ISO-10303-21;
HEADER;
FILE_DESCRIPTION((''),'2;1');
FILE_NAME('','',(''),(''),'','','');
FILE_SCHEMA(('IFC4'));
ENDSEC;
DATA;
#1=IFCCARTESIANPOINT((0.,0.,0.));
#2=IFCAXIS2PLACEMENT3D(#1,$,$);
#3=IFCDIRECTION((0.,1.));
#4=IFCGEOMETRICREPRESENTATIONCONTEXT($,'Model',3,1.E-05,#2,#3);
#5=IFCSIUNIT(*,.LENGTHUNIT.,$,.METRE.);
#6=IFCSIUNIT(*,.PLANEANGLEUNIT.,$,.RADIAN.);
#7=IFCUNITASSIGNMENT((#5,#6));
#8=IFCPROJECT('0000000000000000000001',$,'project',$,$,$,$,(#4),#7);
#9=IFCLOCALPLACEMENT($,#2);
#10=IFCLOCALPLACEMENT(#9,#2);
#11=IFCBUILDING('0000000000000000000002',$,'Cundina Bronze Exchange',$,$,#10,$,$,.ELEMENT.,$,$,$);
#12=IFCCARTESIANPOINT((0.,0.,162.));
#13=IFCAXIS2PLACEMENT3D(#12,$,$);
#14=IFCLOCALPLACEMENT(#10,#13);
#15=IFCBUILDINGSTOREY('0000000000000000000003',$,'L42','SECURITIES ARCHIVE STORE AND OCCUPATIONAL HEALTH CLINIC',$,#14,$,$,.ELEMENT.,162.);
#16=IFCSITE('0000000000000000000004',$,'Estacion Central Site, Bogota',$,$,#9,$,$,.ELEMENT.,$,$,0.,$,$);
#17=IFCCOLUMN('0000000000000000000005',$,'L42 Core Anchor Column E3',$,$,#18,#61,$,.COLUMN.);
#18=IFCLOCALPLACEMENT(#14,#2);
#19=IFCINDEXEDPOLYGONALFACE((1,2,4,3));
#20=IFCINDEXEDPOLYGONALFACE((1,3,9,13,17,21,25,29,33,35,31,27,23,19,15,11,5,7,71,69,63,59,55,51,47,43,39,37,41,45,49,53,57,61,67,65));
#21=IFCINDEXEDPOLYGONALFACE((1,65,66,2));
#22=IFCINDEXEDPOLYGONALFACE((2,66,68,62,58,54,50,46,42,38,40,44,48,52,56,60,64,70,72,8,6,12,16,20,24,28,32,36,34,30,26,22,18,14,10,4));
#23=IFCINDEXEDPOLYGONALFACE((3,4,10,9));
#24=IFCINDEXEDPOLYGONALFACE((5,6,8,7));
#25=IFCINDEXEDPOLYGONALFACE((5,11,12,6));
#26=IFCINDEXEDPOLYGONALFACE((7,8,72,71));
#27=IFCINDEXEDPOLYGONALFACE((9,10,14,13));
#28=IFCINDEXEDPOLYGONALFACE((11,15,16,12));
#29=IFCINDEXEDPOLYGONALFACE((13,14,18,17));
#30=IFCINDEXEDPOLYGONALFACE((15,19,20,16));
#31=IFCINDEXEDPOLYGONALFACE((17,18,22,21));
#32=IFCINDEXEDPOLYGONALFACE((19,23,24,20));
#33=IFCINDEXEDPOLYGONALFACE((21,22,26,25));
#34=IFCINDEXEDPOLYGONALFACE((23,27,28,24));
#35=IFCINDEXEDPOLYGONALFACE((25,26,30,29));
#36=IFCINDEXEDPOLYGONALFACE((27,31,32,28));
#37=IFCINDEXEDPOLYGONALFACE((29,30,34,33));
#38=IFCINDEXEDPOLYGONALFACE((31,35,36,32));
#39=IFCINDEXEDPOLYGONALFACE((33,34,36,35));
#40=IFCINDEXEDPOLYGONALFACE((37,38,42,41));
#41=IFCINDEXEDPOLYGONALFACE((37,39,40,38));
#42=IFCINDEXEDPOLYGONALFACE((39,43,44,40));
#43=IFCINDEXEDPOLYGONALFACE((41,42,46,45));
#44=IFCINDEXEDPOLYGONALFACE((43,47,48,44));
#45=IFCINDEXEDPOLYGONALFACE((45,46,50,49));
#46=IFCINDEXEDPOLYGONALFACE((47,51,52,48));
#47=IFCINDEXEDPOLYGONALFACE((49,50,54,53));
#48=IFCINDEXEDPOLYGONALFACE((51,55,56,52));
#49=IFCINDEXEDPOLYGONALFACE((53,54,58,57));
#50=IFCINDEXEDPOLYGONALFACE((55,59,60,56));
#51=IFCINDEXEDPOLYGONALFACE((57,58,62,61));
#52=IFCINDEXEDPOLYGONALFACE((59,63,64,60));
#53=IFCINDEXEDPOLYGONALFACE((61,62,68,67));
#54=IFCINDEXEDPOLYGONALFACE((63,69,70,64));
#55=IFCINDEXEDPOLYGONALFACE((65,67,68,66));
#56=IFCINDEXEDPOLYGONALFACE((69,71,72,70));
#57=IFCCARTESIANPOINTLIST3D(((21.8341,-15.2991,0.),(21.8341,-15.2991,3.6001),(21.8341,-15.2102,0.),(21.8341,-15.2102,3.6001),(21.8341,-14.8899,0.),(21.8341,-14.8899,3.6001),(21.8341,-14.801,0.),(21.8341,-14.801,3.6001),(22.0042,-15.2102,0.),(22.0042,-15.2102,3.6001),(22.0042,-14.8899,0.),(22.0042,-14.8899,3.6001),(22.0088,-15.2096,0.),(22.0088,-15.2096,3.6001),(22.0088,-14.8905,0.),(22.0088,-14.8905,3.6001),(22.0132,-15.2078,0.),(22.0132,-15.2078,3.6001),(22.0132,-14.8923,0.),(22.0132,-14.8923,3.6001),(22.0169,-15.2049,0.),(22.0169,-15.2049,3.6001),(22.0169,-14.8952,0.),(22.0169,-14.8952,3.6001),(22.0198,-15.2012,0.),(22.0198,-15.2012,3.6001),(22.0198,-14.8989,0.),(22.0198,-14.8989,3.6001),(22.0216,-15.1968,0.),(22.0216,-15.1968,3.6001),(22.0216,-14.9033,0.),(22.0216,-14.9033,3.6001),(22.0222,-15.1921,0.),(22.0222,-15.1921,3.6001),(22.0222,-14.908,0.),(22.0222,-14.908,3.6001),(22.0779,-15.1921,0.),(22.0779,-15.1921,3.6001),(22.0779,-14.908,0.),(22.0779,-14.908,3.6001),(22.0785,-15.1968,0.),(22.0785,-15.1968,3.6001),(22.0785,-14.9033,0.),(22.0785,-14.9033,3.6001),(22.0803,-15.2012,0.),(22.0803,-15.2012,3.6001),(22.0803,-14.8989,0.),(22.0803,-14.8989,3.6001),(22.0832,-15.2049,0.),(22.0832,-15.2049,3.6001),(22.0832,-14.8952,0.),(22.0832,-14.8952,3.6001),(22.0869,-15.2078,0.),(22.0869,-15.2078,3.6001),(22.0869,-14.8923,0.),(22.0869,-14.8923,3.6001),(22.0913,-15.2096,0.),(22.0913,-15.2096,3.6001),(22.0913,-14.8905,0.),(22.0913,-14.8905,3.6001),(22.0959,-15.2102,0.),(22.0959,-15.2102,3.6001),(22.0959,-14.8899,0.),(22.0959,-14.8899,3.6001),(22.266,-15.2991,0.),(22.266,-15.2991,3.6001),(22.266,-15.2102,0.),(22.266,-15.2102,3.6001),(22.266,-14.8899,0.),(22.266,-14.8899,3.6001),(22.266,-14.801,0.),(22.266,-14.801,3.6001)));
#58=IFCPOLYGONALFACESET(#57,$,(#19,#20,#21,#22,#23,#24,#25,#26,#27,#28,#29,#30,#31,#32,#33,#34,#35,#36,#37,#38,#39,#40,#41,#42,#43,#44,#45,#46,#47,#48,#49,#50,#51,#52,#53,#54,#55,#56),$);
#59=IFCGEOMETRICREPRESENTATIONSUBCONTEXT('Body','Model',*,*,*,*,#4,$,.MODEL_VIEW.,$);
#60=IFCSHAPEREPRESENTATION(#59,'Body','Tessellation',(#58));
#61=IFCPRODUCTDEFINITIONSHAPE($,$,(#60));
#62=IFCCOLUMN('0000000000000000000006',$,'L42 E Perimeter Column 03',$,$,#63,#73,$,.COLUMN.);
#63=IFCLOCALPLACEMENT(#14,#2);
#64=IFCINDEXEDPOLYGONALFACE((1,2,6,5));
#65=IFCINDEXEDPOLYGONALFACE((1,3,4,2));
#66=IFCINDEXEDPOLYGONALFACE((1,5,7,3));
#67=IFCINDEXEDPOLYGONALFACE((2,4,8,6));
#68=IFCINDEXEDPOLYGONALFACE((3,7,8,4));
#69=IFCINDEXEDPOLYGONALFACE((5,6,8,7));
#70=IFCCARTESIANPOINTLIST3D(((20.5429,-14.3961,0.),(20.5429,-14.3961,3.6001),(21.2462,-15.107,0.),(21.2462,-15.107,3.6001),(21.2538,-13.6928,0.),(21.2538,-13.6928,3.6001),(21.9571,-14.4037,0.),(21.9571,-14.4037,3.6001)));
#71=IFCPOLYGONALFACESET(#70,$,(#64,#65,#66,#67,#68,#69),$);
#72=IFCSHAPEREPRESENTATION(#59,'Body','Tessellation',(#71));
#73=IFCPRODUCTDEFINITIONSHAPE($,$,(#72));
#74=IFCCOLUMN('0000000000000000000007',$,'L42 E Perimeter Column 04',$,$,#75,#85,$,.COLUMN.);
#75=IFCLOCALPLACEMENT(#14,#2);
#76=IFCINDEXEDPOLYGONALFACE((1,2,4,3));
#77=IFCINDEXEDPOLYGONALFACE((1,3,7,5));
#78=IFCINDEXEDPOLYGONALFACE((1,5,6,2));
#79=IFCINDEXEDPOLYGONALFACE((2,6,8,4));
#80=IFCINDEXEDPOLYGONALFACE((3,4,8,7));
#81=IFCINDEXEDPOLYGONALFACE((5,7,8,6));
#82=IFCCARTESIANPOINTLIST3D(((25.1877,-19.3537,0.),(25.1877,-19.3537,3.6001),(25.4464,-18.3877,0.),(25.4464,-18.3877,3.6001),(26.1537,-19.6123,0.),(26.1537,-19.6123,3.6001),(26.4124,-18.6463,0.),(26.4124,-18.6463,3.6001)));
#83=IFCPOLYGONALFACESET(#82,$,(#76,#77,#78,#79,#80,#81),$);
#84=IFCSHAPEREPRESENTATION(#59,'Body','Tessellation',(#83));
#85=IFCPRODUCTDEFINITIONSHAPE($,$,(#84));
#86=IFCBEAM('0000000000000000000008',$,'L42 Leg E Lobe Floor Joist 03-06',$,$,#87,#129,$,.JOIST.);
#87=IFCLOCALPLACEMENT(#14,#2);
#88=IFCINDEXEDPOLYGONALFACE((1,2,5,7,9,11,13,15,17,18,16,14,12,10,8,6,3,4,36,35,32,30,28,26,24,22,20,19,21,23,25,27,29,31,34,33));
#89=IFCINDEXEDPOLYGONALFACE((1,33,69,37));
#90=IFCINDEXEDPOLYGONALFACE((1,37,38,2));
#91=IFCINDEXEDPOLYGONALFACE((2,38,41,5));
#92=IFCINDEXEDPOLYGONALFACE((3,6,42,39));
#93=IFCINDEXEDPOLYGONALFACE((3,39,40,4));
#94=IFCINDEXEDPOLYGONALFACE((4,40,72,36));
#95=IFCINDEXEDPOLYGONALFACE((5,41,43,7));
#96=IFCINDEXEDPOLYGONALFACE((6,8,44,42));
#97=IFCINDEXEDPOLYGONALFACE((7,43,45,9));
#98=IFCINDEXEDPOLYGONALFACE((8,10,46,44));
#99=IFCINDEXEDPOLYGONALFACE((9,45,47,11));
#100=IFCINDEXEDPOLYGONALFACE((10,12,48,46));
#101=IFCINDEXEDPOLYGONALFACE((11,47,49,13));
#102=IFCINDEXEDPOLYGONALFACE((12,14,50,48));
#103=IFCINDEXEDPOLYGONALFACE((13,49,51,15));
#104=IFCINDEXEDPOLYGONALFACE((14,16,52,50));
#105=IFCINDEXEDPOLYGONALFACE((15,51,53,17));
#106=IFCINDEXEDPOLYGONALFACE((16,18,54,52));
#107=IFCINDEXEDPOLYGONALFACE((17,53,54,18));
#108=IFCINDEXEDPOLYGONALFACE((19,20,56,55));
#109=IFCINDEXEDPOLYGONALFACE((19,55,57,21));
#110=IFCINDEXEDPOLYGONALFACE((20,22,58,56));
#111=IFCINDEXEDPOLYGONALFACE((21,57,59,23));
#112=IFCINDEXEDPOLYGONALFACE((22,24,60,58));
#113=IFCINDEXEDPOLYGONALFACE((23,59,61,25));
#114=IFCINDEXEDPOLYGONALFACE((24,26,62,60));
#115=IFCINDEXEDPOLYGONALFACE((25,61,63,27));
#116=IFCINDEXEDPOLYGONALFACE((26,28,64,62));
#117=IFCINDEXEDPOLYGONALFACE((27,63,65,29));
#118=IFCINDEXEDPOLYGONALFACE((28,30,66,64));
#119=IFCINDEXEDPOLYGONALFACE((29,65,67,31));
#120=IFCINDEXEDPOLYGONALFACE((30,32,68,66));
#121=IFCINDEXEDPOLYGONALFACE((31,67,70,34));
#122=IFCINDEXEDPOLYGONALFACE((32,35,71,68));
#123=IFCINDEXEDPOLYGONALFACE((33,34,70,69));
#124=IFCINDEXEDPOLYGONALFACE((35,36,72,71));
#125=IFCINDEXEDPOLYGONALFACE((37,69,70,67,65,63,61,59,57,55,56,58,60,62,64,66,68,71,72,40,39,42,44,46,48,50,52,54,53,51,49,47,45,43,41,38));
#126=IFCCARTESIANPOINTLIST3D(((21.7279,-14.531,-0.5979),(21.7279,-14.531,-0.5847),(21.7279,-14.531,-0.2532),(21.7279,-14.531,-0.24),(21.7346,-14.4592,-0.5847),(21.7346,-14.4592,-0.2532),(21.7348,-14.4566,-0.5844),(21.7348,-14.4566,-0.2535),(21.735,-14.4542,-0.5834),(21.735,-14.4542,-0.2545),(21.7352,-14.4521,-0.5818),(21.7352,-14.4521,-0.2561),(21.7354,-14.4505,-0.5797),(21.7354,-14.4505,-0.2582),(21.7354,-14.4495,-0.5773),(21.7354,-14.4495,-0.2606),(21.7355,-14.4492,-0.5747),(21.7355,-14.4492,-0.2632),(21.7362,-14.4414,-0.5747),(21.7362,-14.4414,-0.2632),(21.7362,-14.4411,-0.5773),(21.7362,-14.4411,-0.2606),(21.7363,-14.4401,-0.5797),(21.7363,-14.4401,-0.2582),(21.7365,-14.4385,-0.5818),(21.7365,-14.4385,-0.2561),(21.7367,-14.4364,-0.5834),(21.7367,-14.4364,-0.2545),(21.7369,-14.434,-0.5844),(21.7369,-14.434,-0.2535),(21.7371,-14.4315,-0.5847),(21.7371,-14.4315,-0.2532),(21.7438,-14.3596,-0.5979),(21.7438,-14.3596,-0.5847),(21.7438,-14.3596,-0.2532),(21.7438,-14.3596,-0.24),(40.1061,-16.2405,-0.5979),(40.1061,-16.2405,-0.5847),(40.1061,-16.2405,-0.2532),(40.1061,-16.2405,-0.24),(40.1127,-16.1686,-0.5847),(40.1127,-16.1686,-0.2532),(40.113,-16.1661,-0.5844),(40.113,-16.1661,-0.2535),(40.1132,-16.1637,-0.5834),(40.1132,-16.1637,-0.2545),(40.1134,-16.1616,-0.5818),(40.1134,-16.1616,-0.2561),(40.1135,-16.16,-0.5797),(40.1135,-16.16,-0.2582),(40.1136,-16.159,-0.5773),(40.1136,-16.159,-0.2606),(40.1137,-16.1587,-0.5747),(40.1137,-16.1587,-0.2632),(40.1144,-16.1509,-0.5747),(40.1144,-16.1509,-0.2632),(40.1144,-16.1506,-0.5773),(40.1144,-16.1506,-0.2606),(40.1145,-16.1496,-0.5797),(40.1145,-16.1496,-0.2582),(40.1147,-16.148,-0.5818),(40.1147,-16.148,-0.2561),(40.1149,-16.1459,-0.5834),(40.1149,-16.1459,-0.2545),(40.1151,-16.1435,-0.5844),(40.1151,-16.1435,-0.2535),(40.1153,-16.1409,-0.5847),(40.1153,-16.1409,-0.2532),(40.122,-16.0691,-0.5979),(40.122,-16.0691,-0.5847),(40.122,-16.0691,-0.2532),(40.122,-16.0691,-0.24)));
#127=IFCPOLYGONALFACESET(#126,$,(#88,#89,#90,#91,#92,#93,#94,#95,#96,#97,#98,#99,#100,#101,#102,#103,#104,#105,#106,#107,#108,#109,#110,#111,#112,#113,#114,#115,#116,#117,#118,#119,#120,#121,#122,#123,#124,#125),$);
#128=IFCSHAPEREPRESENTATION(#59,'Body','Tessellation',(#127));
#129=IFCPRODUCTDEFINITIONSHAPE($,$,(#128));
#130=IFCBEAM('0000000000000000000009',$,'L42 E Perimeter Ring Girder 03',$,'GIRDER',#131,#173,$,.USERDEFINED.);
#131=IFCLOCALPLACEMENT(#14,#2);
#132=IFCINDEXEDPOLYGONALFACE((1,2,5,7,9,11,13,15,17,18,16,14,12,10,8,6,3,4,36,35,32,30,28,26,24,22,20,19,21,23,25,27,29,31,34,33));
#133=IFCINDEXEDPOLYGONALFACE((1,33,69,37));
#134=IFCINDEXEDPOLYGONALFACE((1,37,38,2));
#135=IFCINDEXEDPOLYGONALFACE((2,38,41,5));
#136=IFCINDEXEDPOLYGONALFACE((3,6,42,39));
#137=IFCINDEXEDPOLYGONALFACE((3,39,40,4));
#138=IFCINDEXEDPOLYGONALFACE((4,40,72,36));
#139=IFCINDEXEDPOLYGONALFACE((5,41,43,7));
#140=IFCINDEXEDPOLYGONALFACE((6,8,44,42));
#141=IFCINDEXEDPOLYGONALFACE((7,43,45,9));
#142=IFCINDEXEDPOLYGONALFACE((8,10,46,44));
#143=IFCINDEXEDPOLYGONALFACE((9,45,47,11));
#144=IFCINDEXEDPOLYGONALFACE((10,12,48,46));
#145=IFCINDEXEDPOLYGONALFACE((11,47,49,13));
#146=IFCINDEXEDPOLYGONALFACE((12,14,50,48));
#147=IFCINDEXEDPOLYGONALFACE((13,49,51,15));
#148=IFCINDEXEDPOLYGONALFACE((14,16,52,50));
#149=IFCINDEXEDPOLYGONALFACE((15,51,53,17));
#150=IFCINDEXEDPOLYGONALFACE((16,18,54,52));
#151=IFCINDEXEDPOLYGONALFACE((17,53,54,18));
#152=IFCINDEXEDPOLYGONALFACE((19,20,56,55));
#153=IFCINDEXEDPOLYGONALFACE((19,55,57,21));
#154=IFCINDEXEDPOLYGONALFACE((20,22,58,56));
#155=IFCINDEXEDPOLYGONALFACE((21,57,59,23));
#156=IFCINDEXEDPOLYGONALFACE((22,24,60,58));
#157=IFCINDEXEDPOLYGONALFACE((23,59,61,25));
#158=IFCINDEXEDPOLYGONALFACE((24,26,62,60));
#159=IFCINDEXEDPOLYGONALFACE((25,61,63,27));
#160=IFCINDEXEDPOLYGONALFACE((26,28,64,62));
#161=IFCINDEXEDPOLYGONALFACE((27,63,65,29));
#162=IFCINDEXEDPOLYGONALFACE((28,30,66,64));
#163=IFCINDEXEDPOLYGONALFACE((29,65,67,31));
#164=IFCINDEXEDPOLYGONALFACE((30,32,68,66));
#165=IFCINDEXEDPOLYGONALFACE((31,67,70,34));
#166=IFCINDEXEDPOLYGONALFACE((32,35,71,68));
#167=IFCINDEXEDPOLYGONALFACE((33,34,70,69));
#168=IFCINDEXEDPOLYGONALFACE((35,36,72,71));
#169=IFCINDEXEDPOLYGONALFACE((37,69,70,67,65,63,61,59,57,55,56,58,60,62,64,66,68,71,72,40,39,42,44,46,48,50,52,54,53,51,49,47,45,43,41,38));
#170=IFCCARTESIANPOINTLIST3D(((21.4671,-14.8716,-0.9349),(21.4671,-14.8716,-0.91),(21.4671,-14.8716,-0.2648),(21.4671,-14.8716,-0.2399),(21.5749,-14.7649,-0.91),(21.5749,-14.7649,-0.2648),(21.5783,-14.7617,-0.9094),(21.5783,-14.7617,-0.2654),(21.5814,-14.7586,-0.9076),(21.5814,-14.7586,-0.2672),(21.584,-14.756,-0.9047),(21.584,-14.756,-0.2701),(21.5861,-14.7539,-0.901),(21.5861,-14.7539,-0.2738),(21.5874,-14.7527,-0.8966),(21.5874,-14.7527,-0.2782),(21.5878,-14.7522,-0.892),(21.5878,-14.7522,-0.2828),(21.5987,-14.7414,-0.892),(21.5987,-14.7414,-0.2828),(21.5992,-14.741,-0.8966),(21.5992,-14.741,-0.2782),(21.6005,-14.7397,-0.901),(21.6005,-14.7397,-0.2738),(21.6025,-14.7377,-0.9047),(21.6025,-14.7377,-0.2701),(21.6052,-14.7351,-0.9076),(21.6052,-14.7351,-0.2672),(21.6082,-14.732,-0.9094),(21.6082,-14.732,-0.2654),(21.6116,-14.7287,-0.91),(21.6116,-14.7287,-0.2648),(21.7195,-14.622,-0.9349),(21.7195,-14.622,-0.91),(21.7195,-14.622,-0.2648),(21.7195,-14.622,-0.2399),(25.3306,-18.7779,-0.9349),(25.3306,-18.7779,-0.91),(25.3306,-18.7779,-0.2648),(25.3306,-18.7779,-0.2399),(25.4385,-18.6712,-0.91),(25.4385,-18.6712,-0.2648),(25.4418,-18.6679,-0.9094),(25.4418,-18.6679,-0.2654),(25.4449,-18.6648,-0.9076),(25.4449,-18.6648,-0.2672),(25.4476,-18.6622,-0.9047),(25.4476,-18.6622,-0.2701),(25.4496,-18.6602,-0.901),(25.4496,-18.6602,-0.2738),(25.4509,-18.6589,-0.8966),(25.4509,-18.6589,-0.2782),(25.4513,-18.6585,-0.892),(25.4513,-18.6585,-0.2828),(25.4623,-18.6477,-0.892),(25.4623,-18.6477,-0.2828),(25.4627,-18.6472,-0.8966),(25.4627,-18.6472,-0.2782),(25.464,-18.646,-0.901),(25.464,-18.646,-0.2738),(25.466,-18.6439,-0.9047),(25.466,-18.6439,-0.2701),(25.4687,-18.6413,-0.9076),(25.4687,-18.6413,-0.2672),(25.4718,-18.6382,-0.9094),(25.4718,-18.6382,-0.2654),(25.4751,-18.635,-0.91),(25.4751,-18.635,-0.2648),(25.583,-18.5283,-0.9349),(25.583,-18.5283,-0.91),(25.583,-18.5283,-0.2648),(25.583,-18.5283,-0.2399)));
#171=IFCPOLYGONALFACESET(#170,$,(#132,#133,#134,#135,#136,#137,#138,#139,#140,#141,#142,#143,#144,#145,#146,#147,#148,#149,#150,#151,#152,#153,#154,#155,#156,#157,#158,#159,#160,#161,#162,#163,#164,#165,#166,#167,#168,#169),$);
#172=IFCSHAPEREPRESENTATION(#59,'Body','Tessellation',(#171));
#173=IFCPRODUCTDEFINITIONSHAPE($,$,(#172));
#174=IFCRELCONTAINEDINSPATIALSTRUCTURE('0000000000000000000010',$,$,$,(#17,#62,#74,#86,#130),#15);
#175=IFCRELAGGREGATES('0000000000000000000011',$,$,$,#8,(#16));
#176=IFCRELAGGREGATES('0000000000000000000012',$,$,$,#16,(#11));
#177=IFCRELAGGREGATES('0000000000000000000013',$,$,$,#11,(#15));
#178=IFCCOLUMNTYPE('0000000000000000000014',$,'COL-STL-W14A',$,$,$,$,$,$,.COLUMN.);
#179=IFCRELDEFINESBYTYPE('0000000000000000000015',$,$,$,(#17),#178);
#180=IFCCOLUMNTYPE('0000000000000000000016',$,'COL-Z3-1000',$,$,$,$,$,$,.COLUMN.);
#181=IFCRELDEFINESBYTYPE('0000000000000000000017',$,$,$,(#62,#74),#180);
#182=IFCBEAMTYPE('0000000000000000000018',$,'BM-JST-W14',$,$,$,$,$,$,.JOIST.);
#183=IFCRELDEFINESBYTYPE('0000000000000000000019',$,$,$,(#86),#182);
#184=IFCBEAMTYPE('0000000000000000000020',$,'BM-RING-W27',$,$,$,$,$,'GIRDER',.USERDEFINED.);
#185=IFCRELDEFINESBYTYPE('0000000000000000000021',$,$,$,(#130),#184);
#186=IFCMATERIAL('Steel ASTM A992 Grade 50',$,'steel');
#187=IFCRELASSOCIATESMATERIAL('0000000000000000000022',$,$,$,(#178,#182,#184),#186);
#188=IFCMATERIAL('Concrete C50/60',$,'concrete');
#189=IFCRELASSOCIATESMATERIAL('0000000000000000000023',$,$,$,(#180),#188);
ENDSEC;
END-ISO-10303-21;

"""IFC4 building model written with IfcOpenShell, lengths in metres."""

from ifc_helpers import new_model, si_unit, direction, frame, origin, origin_2d, place, context, subcontext, project, spatial, rectangle, i_section, extrude, material, material_profile, profile_set, type_object, element, save


model = new_model("IFC4")

# Units and contexts
model_context = context("Model", 3, precision=1e-05, world=origin(), true_north=direction((0.0, 1.0)))
body_context = subcontext(model_context, "Body", "Model", "MODEL_VIEW")
ifc_project = project(units=[si_unit("LENGTHUNIT", "METRE"), si_unit("PLANEANGLEUNIT", "RADIAN")], contexts=[model_context])

# Site, building, storey
site_placement = place(None, origin())
site = spatial("IfcSite", under=ifc_project, at=site_placement, Name="Estacion Central Site, Bogota", CompositionType="ELEMENT", RefElevation=0.0)
building_placement = place(site_placement, origin())
building = spatial("IfcBuilding", under=site, at=building_placement, Name="Cundina Bronze Exchange", CompositionType="ELEMENT")
storey_placement = place(building_placement, frame((0.0, 0.0, 162.0)))
storey = spatial("IfcBuildingStorey", under=building, at=storey_placement, Name="L42", Description="SECURITIES ARCHIVE STORE AND OCCUPATIONAL HEALTH CLINIC", CompositionType="ELEMENT", Elevation=162.0)

# Columns
ifc_material_1 = material(Name="Steel ASTM A992 Grade 50", Category="steel")
ifc_material_profile_1 = material_profile(ifc_material_1, i_section(OverallWidth=0.4319, OverallDepth=0.498, WebThickness=0.0557, FlangeThickness=0.0889, FilletRadius=0.0181, at=origin_2d()), Name="W14X500", Category="steel")
ifc_profile_set_1 = profile_set([ifc_material_profile_1], Name="Steel ASTM A992 Grade 50")
column_type_1 = type_object("IfcColumnType", Name="COL-STL-W14A", PredefinedType="COLUMN", material=ifc_profile_set_1)
column_placement = place(storey_placement, frame((22.05, -15.05, 0.0), z_axis=(0.0, 0.0, 1.0), x_axis=(1.0, 0.0, 0.0)))
element("IfcColumn", 1, at=column_placement, inside=storey, type_object=column_type_1, Name="L42 Core Anchor Column E3", PredefinedType="COLUMN", context=body_context, shape_type="SweptSolid", body=[
    extrude(i_section(OverallWidth=0.4319, OverallDepth=0.498, WebThickness=0.0557, FlangeThickness=0.0889, FilletRadius=0.0181, at=origin_2d()), origin(), (0.0, 0.0, 1.0), 3.6001),
])
ifc_material_2 = material(Name="Concrete C50/60", Category="concrete")
ifc_material_profile_2 = material_profile(ifc_material_2, rectangle(XDim=1.0, YDim=1.0, at=origin_2d()), Name="RC1000X1000", Category="concrete")
ifc_profile_set_2 = profile_set([ifc_material_profile_2], Name="Concrete C50/60")
column_type_2 = type_object("IfcColumnType", Name="COL-Z3-1000", PredefinedType="COLUMN", material=ifc_profile_set_2)
for number, where, z_axis, x_axis, name in (
    (2, (21.25, -14.3999, 0.0), (0.0, 0.0, 1.0), (0.703271, -0.710922, 0.0), "L42 E Perimeter Column 03"),
    (3, (25.8, -19.0, 0.0), (0.0, 0.0, 1.0), (0.965971, -0.25865, 0.0), "L42 E Perimeter Column 04"),
):
    element("IfcColumn", number, at=place(storey_placement, frame(where, z_axis=z_axis, x_axis=x_axis)), inside=storey, type_object=column_type_2, Name=name, PredefinedType="COLUMN", context=body_context, shape_type="SweptSolid", body=[
        extrude(rectangle(XDim=1.0, YDim=1.0, at=origin_2d()), origin(), (0.0, 0.0, 1.0), 3.6001),
    ])

# Beams
ifc_material_profile_3 = material_profile(ifc_material_1, i_section(OverallWidth=0.1721, OverallDepth=0.3579, WebThickness=0.0078, FlangeThickness=0.0132, FilletRadius=0.01, at=origin_2d()), Name="W14X38", Category="steel")
ifc_profile_set_3 = profile_set([ifc_material_profile_3], Name="Steel ASTM A992 Grade 50")
beam_type_1 = type_object("IfcBeamType", Name="BM-JST-W14", PredefinedType="JOIST", material=ifc_profile_set_3)
beam_1_placement = place(storey_placement, frame((21.7358, -14.4453, -0.4189), z_axis=(0.995702, -0.092617, 0.0), x_axis=(0.092617, 0.995702, 0.0)))
element("IfcBeam", 4, at=beam_1_placement, inside=storey, type_object=beam_type_1, Name="L42 Leg E Lobe Floor Joist 03-06", PredefinedType="JOIST", context=body_context, shape_type="SweptSolid", body=[
    extrude(i_section(OverallWidth=0.1721, OverallDepth=0.3579, WebThickness=0.0078, FlangeThickness=0.0132, FilletRadius=0.01, at=origin_2d()), origin(), (0.0, 0.0, 1.0), 18.4575),
])
ifc_material_profile_4 = material_profile(ifc_material_1, i_section(OverallWidth=0.355, OverallDepth=0.6951, WebThickness=0.0154, FlangeThickness=0.0249, FilletRadius=0.0181, at=origin_2d()), Name="W27X146", Category="steel")
ifc_profile_set_4 = profile_set([ifc_material_profile_4], Name="Steel ASTM A992 Grade 50")
beam_type_2 = type_object("IfcBeamType", Name="BM-RING-W27", ElementType="GIRDER", PredefinedType="USERDEFINED", material=ifc_profile_set_4)
beam_2_placement = place(storey_placement, frame((21.5933, -14.7468, -0.5874), z_axis=(0.703208, -0.710984, 0.0), x_axis=(0.710984, 0.703208, 0.0)))
element("IfcBeam", 5, at=beam_2_placement, inside=storey, type_object=beam_type_2, Name="L42 E Perimeter Ring Girder 03", ObjectType="GIRDER", PredefinedType="USERDEFINED", context=body_context, shape_type="SweptSolid", body=[
    extrude(i_section(OverallWidth=0.355, OverallDepth=0.6951, WebThickness=0.0154, FlangeThickness=0.0249, FilletRadius=0.0181, at=origin_2d()), origin(), (0.0, 0.0, 1.0), 5.4941),
])

save(model, "model.ifc")
